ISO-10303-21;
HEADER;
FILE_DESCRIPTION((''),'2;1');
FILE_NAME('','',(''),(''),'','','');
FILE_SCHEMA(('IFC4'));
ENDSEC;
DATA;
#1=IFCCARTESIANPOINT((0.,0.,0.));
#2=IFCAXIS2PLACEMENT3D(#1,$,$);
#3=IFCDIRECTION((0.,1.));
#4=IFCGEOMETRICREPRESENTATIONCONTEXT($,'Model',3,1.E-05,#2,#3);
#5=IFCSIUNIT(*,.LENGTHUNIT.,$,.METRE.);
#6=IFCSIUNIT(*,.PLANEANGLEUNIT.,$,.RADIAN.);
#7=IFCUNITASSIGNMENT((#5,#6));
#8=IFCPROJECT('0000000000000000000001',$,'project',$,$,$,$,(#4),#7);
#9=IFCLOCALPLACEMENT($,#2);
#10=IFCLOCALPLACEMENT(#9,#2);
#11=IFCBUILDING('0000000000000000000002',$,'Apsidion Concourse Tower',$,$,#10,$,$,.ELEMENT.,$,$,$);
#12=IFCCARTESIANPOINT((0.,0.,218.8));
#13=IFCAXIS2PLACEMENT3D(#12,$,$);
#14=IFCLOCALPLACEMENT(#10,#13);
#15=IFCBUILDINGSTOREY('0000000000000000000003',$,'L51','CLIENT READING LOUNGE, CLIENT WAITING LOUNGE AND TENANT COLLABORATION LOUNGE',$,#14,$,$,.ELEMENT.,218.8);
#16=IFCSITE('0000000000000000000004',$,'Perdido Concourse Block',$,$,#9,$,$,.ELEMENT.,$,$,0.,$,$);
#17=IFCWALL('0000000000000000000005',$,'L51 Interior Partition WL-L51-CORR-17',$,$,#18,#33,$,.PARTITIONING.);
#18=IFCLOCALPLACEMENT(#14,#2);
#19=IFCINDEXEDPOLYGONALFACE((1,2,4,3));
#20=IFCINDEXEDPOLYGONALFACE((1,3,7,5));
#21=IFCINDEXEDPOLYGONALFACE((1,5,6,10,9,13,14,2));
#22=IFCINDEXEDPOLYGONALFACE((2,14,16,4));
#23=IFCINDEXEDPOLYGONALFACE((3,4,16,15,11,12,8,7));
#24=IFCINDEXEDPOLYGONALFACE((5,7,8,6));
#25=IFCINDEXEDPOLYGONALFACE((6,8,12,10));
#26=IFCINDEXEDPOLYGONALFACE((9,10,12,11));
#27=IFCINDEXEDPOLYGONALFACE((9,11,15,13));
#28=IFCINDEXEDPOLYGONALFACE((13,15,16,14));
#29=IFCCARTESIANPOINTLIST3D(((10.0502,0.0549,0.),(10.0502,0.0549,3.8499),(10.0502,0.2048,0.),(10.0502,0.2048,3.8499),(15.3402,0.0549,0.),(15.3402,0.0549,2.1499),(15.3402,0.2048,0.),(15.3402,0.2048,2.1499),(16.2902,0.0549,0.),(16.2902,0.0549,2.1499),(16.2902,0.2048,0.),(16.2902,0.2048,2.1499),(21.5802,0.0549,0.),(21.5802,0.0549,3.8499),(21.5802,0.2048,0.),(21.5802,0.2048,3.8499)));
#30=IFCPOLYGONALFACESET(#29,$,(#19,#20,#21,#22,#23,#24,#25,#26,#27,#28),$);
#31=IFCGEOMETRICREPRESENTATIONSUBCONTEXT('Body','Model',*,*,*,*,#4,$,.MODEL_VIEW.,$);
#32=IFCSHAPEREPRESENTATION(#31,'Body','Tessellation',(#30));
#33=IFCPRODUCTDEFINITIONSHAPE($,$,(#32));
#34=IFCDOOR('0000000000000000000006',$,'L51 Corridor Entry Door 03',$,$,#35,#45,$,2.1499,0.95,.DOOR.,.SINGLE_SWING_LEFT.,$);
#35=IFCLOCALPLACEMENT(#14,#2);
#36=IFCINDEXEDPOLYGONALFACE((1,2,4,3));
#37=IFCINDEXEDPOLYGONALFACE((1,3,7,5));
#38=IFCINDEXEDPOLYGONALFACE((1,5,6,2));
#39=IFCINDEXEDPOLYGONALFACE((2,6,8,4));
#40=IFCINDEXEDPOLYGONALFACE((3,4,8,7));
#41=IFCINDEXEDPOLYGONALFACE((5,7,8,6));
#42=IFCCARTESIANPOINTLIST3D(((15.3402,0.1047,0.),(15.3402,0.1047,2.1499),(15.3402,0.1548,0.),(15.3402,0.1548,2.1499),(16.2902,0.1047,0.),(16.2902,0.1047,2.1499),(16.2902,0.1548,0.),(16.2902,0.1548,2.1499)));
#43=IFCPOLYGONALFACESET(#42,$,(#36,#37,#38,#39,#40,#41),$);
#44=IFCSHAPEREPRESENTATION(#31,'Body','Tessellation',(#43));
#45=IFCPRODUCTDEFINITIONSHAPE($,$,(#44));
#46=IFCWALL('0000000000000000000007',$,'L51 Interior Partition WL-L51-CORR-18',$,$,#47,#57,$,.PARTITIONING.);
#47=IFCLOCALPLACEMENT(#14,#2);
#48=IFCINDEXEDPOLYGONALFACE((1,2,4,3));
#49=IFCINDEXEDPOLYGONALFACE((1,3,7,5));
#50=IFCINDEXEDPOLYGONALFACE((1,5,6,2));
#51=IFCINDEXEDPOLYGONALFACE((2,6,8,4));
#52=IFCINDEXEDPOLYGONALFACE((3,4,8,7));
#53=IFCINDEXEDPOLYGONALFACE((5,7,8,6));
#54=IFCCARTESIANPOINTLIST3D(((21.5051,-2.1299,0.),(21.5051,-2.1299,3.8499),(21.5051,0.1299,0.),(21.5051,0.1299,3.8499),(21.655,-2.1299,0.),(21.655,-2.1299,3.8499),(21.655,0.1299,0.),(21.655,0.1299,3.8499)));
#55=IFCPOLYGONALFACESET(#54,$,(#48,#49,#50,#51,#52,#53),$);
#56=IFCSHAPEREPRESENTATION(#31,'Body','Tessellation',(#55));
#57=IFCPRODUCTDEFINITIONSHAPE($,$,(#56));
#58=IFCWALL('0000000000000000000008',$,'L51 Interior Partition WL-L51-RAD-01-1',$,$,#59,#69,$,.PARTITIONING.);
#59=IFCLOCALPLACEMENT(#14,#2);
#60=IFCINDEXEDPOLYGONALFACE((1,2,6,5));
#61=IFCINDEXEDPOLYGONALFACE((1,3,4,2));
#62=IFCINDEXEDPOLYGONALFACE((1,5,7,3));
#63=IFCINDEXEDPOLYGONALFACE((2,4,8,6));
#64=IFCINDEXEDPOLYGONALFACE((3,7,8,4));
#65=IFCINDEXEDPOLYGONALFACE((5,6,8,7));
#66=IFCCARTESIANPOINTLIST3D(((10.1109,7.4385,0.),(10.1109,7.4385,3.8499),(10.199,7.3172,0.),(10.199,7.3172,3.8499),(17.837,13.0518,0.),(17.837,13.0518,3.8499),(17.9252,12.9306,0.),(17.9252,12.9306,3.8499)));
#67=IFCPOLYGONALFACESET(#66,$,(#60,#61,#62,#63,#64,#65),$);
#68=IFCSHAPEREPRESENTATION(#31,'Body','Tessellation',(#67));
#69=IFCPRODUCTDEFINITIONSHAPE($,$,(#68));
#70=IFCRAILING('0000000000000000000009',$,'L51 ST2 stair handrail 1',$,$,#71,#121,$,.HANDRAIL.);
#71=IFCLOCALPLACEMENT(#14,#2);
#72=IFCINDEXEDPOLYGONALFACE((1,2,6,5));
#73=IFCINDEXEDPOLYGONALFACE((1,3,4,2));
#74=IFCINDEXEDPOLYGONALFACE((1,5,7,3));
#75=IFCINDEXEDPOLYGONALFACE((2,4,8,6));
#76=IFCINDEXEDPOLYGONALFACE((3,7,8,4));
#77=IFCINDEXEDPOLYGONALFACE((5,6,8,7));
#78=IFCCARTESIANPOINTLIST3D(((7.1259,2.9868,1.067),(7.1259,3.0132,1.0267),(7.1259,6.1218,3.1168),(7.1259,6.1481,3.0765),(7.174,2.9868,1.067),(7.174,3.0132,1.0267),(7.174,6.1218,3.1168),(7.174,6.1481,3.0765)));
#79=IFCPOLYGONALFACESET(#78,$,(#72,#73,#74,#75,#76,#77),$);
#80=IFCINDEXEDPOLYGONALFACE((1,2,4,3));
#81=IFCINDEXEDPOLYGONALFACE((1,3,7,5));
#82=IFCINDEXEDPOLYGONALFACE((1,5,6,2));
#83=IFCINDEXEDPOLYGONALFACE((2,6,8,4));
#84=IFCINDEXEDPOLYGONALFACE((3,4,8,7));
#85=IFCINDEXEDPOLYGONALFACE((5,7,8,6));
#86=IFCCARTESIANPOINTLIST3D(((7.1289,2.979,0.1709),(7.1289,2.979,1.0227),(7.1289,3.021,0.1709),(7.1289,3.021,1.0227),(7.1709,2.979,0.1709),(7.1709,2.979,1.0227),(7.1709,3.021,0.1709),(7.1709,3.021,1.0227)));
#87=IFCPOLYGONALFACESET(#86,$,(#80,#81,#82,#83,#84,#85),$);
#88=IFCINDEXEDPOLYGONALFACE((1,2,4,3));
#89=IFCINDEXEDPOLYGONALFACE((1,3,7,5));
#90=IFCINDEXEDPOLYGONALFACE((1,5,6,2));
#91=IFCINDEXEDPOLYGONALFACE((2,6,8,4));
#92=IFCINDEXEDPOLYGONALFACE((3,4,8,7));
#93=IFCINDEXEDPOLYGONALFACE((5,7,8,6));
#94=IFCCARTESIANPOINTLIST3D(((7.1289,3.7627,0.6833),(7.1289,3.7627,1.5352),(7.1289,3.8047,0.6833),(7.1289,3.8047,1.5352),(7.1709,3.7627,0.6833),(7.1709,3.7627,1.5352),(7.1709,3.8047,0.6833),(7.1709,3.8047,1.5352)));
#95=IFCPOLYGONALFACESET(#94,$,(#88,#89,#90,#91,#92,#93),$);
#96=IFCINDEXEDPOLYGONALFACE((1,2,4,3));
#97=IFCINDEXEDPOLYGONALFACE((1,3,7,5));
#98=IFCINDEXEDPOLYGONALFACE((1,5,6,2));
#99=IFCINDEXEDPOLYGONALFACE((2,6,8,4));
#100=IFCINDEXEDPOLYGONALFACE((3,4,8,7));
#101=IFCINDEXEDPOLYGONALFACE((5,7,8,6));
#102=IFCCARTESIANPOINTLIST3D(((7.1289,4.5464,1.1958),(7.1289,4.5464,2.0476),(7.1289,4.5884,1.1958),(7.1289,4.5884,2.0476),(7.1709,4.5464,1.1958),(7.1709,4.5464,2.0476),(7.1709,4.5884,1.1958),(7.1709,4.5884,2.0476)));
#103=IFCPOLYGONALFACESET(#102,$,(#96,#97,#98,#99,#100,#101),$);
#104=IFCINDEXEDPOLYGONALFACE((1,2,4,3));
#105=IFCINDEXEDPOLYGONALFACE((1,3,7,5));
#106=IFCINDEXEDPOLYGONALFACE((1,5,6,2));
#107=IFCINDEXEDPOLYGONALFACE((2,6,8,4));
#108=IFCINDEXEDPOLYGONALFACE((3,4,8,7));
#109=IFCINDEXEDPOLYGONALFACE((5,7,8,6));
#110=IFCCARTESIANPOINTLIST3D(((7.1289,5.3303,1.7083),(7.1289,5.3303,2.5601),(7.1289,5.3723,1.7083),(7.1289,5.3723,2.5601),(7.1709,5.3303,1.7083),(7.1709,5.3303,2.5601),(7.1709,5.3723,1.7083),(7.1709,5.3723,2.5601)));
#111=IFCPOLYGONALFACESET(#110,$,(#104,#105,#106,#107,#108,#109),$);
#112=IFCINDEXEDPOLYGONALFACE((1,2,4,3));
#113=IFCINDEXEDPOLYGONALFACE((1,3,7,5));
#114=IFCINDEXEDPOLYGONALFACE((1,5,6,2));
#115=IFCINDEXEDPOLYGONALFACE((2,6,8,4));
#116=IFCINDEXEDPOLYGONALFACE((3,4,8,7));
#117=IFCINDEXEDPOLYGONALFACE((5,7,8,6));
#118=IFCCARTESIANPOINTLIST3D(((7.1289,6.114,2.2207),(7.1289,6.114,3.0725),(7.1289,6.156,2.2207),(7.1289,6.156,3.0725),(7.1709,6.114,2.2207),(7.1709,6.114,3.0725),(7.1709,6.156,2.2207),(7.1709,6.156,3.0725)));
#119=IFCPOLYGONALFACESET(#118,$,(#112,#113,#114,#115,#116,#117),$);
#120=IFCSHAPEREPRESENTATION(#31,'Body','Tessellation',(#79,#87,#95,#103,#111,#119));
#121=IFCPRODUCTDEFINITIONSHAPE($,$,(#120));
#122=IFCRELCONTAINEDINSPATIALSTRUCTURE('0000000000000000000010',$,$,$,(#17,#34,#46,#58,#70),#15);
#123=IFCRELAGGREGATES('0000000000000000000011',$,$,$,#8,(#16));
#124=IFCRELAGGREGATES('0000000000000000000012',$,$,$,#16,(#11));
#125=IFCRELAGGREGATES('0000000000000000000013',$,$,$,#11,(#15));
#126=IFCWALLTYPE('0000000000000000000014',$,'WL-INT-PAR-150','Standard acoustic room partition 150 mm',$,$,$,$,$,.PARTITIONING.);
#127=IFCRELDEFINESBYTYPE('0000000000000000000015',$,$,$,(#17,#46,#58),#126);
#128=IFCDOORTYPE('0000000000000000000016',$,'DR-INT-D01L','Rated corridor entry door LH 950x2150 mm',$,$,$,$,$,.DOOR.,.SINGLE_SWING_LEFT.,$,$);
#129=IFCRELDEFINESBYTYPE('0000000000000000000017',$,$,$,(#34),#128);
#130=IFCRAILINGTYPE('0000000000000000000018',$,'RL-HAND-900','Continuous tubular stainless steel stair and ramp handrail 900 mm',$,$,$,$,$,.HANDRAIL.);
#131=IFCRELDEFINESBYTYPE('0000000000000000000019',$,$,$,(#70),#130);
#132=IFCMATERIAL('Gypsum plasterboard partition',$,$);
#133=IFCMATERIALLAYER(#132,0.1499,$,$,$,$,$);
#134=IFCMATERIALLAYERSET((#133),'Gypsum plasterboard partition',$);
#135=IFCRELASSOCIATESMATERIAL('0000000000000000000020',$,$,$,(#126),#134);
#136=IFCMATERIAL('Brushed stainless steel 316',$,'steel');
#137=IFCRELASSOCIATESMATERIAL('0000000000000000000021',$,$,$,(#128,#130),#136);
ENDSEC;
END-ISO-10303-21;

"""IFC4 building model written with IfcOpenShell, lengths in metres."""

from ifc_helpers import new_model, si_unit, direction, frame, frame_2d, origin, origin_2d, place, context, subcontext, project, spatial, rectangle, extrude, material, layer, layer_set, type_object, element, fill, save


model = new_model("IFC4")

# Units and contexts
model_context = context("Model", 3, precision=1e-05, world=origin(), true_north=direction((0.0, 1.0)))
body_context = subcontext(model_context, "Body", "Model", "MODEL_VIEW")
ifc_project = project(units=[si_unit("LENGTHUNIT", "METRE"), si_unit("PLANEANGLEUNIT", "RADIAN")], contexts=[model_context])

# Site, building, storey
site_placement = place(None, origin())
site = spatial("IfcSite", under=ifc_project, at=site_placement, Name="Perdido Concourse Block", CompositionType="ELEMENT", RefElevation=0.0)
building_placement = place(site_placement, origin())
building = spatial("IfcBuilding", under=site, at=building_placement, Name="Apsidion Concourse Tower", CompositionType="ELEMENT")
storey_placement = place(building_placement, frame((0.0, 0.0, 218.8)))
storey = spatial("IfcBuildingStorey", under=building, at=storey_placement, Name="L51", Description="CLIENT READING LOUNGE, CLIENT WAITING LOUNGE AND TENANT COLLABORATION LOUNGE", CompositionType="ELEMENT", Elevation=218.8)

# Shared definitions
ifc_material_1 = material(Name="Gypsum plasterboard partition")
ifc_layer_1 = layer(ifc_material_1, 0.1499)
ifc_layer_set_1 = layer_set([ifc_layer_1], Name="Gypsum plasterboard partition")
wall_type_1 = type_object("IfcWallType", Name="WL-INT-PAR-150", Description="Standard acoustic room partition 150 mm", PredefinedType="PARTITIONING", material=ifc_layer_set_1)

# Wall, opening, door
wall_1_placement = place(storey_placement, frame((10.05, 0.1299, 0.0), z_axis=(0.0, 0.0, 1.0), x_axis=(1.0, 0.0, 0.0)))
wall_1 = element("IfcWall", 1, at=wall_1_placement, inside=storey, type_object=wall_type_1, Name="L51 Interior Partition WL-L51-CORR-17", PredefinedType="PARTITIONING", context=body_context, shape_type="SweptSolid", body=[
    extrude(rectangle(XDim=11.53, YDim=0.1499, at=frame_2d((5.7651, 0.0))), origin(), (0.0, 0.0, 1.0), 3.8499),
])
opening_placement = place(wall_1_placement, frame((5.29, 0.0, 0.0)))
opening = element("IfcOpeningElement", 2, at=opening_placement, cuts=wall_1, PredefinedType="OPENING", context=body_context, shape_type="SweptSolid", body=[
    extrude(rectangle(XDim=0.95, YDim=2.1499, at=frame_2d((0.4751, 1.075))), frame((0.0, 0.085, 0.0), z_axis=(0.0, -1.0, 0.0), x_axis=(1.0, 0.0, 0.0)), (0.0, 0.0, 1.0), 0.1699),
])
ifc_material_2 = material(Name="Brushed stainless steel 316", Category="steel")
door_type = type_object("IfcDoorType", Name="DR-INT-D01L", Description="Rated corridor entry door LH 950x2150 mm", OperationType="SINGLE_SWING_LEFT", PredefinedType="DOOR", material=ifc_material_2)
door_placement = place(opening_placement, origin())
door = element("IfcDoor", 3, at=door_placement, inside=storey, type_object=door_type, Name="L51 Corridor Entry Door 03", OperationType="SINGLE_SWING_LEFT", OverallHeight=2.1499, OverallWidth=0.95, PredefinedType="DOOR", context=body_context, shape_type="SweptSolid", body=[
    extrude(rectangle(XDim=0.95, YDim=2.1499, at=frame_2d((0.4751, 1.075))), frame((0.0, 0.0249, 0.0), z_axis=(0.0, -1.0, 0.0), x_axis=(1.0, 0.0, 0.0)), (0.0, 0.0, 1.0), 0.05),
])
fill(opening, door)

# Walls
wall_2_placement = place(storey_placement, frame((21.5801, 0.1299, 0.0), z_axis=(0.0, 0.0, 1.0), x_axis=(0.0, -1.0, 0.0)))
element("IfcWall", 4, at=wall_2_placement, inside=storey, type_object=wall_type_1, Name="L51 Interior Partition WL-L51-CORR-18", PredefinedType="PARTITIONING", context=body_context, shape_type="SweptSolid", body=[
    extrude(rectangle(XDim=2.2598, YDim=0.1499, at=frame_2d((1.1299, 0.0))), origin(), (0.0, 0.0, 1.0), 3.8499),
])
wall_3_placement = place(storey_placement, frame((10.155, 7.3779, 0.0), z_axis=(0.0, 0.0, 1.0), x_axis=(0.809019, 0.587782, 0.0)))
element("IfcWall", 5, at=wall_3_placement, inside=storey, type_object=wall_type_1, Name="L51 Interior Partition WL-L51-RAD-01-1", PredefinedType="PARTITIONING", context=body_context, shape_type="SweptSolid", body=[
    extrude(rectangle(XDim=9.55, YDim=0.1499, at=frame_2d((4.7749, 0.0))), origin(), (0.0, 0.0, 1.0), 3.8499),
])

# Railing
railing_type = type_object("IfcRailingType", Name="RL-HAND-900", Description="Continuous tubular stainless steel stair and ramp handrail 900 mm", PredefinedType="HANDRAIL", material=ifc_material_2)
railing_placement = place(storey_placement, frame((7.1499, 3.0, 0.1709)))
element("IfcRailing", 6, at=railing_placement, inside=storey, type_object=railing_type, Name="L51 ST2 stair handrail 1", PredefinedType="HANDRAIL", context=body_context, shape_type="SweptSolid", body=[
    extrude(rectangle(XDim=0.0481, YDim=0.0481, at=origin_2d()), frame((0.0, 0.0, 0.876), z_axis=(0.0, 0.836971, 0.547248), x_axis=(-1.0, 0.0, 0.0)), (0.0, 0.0, 1.0), 3.7456),
    extrude(rectangle(XDim=0.042, YDim=0.042, at=origin_2d()), origin(), (0.0, 0.0, 1.0), 0.8518),
    extrude(rectangle(XDim=0.042, YDim=0.042, at=origin_2d()), frame((0.0, 0.7837, 0.5125)), (0.0, 0.0, 1.0), 0.8518),
    extrude(rectangle(XDim=0.042, YDim=0.042, at=origin_2d()), frame((0.0, 1.5674, 1.0249)), (0.0, 0.0, 1.0), 0.8518),
    extrude(rectangle(XDim=0.042, YDim=0.042, at=origin_2d()), frame((0.0, 2.3513, 1.5374)), (0.0, 0.0, 1.0), 0.8518),
    extrude(rectangle(XDim=0.042, YDim=0.042, at=origin_2d()), frame((0.0, 3.135, 2.0498)), (0.0, 0.0, 1.0), 0.8518),
])

save(model, "model.ifc")
